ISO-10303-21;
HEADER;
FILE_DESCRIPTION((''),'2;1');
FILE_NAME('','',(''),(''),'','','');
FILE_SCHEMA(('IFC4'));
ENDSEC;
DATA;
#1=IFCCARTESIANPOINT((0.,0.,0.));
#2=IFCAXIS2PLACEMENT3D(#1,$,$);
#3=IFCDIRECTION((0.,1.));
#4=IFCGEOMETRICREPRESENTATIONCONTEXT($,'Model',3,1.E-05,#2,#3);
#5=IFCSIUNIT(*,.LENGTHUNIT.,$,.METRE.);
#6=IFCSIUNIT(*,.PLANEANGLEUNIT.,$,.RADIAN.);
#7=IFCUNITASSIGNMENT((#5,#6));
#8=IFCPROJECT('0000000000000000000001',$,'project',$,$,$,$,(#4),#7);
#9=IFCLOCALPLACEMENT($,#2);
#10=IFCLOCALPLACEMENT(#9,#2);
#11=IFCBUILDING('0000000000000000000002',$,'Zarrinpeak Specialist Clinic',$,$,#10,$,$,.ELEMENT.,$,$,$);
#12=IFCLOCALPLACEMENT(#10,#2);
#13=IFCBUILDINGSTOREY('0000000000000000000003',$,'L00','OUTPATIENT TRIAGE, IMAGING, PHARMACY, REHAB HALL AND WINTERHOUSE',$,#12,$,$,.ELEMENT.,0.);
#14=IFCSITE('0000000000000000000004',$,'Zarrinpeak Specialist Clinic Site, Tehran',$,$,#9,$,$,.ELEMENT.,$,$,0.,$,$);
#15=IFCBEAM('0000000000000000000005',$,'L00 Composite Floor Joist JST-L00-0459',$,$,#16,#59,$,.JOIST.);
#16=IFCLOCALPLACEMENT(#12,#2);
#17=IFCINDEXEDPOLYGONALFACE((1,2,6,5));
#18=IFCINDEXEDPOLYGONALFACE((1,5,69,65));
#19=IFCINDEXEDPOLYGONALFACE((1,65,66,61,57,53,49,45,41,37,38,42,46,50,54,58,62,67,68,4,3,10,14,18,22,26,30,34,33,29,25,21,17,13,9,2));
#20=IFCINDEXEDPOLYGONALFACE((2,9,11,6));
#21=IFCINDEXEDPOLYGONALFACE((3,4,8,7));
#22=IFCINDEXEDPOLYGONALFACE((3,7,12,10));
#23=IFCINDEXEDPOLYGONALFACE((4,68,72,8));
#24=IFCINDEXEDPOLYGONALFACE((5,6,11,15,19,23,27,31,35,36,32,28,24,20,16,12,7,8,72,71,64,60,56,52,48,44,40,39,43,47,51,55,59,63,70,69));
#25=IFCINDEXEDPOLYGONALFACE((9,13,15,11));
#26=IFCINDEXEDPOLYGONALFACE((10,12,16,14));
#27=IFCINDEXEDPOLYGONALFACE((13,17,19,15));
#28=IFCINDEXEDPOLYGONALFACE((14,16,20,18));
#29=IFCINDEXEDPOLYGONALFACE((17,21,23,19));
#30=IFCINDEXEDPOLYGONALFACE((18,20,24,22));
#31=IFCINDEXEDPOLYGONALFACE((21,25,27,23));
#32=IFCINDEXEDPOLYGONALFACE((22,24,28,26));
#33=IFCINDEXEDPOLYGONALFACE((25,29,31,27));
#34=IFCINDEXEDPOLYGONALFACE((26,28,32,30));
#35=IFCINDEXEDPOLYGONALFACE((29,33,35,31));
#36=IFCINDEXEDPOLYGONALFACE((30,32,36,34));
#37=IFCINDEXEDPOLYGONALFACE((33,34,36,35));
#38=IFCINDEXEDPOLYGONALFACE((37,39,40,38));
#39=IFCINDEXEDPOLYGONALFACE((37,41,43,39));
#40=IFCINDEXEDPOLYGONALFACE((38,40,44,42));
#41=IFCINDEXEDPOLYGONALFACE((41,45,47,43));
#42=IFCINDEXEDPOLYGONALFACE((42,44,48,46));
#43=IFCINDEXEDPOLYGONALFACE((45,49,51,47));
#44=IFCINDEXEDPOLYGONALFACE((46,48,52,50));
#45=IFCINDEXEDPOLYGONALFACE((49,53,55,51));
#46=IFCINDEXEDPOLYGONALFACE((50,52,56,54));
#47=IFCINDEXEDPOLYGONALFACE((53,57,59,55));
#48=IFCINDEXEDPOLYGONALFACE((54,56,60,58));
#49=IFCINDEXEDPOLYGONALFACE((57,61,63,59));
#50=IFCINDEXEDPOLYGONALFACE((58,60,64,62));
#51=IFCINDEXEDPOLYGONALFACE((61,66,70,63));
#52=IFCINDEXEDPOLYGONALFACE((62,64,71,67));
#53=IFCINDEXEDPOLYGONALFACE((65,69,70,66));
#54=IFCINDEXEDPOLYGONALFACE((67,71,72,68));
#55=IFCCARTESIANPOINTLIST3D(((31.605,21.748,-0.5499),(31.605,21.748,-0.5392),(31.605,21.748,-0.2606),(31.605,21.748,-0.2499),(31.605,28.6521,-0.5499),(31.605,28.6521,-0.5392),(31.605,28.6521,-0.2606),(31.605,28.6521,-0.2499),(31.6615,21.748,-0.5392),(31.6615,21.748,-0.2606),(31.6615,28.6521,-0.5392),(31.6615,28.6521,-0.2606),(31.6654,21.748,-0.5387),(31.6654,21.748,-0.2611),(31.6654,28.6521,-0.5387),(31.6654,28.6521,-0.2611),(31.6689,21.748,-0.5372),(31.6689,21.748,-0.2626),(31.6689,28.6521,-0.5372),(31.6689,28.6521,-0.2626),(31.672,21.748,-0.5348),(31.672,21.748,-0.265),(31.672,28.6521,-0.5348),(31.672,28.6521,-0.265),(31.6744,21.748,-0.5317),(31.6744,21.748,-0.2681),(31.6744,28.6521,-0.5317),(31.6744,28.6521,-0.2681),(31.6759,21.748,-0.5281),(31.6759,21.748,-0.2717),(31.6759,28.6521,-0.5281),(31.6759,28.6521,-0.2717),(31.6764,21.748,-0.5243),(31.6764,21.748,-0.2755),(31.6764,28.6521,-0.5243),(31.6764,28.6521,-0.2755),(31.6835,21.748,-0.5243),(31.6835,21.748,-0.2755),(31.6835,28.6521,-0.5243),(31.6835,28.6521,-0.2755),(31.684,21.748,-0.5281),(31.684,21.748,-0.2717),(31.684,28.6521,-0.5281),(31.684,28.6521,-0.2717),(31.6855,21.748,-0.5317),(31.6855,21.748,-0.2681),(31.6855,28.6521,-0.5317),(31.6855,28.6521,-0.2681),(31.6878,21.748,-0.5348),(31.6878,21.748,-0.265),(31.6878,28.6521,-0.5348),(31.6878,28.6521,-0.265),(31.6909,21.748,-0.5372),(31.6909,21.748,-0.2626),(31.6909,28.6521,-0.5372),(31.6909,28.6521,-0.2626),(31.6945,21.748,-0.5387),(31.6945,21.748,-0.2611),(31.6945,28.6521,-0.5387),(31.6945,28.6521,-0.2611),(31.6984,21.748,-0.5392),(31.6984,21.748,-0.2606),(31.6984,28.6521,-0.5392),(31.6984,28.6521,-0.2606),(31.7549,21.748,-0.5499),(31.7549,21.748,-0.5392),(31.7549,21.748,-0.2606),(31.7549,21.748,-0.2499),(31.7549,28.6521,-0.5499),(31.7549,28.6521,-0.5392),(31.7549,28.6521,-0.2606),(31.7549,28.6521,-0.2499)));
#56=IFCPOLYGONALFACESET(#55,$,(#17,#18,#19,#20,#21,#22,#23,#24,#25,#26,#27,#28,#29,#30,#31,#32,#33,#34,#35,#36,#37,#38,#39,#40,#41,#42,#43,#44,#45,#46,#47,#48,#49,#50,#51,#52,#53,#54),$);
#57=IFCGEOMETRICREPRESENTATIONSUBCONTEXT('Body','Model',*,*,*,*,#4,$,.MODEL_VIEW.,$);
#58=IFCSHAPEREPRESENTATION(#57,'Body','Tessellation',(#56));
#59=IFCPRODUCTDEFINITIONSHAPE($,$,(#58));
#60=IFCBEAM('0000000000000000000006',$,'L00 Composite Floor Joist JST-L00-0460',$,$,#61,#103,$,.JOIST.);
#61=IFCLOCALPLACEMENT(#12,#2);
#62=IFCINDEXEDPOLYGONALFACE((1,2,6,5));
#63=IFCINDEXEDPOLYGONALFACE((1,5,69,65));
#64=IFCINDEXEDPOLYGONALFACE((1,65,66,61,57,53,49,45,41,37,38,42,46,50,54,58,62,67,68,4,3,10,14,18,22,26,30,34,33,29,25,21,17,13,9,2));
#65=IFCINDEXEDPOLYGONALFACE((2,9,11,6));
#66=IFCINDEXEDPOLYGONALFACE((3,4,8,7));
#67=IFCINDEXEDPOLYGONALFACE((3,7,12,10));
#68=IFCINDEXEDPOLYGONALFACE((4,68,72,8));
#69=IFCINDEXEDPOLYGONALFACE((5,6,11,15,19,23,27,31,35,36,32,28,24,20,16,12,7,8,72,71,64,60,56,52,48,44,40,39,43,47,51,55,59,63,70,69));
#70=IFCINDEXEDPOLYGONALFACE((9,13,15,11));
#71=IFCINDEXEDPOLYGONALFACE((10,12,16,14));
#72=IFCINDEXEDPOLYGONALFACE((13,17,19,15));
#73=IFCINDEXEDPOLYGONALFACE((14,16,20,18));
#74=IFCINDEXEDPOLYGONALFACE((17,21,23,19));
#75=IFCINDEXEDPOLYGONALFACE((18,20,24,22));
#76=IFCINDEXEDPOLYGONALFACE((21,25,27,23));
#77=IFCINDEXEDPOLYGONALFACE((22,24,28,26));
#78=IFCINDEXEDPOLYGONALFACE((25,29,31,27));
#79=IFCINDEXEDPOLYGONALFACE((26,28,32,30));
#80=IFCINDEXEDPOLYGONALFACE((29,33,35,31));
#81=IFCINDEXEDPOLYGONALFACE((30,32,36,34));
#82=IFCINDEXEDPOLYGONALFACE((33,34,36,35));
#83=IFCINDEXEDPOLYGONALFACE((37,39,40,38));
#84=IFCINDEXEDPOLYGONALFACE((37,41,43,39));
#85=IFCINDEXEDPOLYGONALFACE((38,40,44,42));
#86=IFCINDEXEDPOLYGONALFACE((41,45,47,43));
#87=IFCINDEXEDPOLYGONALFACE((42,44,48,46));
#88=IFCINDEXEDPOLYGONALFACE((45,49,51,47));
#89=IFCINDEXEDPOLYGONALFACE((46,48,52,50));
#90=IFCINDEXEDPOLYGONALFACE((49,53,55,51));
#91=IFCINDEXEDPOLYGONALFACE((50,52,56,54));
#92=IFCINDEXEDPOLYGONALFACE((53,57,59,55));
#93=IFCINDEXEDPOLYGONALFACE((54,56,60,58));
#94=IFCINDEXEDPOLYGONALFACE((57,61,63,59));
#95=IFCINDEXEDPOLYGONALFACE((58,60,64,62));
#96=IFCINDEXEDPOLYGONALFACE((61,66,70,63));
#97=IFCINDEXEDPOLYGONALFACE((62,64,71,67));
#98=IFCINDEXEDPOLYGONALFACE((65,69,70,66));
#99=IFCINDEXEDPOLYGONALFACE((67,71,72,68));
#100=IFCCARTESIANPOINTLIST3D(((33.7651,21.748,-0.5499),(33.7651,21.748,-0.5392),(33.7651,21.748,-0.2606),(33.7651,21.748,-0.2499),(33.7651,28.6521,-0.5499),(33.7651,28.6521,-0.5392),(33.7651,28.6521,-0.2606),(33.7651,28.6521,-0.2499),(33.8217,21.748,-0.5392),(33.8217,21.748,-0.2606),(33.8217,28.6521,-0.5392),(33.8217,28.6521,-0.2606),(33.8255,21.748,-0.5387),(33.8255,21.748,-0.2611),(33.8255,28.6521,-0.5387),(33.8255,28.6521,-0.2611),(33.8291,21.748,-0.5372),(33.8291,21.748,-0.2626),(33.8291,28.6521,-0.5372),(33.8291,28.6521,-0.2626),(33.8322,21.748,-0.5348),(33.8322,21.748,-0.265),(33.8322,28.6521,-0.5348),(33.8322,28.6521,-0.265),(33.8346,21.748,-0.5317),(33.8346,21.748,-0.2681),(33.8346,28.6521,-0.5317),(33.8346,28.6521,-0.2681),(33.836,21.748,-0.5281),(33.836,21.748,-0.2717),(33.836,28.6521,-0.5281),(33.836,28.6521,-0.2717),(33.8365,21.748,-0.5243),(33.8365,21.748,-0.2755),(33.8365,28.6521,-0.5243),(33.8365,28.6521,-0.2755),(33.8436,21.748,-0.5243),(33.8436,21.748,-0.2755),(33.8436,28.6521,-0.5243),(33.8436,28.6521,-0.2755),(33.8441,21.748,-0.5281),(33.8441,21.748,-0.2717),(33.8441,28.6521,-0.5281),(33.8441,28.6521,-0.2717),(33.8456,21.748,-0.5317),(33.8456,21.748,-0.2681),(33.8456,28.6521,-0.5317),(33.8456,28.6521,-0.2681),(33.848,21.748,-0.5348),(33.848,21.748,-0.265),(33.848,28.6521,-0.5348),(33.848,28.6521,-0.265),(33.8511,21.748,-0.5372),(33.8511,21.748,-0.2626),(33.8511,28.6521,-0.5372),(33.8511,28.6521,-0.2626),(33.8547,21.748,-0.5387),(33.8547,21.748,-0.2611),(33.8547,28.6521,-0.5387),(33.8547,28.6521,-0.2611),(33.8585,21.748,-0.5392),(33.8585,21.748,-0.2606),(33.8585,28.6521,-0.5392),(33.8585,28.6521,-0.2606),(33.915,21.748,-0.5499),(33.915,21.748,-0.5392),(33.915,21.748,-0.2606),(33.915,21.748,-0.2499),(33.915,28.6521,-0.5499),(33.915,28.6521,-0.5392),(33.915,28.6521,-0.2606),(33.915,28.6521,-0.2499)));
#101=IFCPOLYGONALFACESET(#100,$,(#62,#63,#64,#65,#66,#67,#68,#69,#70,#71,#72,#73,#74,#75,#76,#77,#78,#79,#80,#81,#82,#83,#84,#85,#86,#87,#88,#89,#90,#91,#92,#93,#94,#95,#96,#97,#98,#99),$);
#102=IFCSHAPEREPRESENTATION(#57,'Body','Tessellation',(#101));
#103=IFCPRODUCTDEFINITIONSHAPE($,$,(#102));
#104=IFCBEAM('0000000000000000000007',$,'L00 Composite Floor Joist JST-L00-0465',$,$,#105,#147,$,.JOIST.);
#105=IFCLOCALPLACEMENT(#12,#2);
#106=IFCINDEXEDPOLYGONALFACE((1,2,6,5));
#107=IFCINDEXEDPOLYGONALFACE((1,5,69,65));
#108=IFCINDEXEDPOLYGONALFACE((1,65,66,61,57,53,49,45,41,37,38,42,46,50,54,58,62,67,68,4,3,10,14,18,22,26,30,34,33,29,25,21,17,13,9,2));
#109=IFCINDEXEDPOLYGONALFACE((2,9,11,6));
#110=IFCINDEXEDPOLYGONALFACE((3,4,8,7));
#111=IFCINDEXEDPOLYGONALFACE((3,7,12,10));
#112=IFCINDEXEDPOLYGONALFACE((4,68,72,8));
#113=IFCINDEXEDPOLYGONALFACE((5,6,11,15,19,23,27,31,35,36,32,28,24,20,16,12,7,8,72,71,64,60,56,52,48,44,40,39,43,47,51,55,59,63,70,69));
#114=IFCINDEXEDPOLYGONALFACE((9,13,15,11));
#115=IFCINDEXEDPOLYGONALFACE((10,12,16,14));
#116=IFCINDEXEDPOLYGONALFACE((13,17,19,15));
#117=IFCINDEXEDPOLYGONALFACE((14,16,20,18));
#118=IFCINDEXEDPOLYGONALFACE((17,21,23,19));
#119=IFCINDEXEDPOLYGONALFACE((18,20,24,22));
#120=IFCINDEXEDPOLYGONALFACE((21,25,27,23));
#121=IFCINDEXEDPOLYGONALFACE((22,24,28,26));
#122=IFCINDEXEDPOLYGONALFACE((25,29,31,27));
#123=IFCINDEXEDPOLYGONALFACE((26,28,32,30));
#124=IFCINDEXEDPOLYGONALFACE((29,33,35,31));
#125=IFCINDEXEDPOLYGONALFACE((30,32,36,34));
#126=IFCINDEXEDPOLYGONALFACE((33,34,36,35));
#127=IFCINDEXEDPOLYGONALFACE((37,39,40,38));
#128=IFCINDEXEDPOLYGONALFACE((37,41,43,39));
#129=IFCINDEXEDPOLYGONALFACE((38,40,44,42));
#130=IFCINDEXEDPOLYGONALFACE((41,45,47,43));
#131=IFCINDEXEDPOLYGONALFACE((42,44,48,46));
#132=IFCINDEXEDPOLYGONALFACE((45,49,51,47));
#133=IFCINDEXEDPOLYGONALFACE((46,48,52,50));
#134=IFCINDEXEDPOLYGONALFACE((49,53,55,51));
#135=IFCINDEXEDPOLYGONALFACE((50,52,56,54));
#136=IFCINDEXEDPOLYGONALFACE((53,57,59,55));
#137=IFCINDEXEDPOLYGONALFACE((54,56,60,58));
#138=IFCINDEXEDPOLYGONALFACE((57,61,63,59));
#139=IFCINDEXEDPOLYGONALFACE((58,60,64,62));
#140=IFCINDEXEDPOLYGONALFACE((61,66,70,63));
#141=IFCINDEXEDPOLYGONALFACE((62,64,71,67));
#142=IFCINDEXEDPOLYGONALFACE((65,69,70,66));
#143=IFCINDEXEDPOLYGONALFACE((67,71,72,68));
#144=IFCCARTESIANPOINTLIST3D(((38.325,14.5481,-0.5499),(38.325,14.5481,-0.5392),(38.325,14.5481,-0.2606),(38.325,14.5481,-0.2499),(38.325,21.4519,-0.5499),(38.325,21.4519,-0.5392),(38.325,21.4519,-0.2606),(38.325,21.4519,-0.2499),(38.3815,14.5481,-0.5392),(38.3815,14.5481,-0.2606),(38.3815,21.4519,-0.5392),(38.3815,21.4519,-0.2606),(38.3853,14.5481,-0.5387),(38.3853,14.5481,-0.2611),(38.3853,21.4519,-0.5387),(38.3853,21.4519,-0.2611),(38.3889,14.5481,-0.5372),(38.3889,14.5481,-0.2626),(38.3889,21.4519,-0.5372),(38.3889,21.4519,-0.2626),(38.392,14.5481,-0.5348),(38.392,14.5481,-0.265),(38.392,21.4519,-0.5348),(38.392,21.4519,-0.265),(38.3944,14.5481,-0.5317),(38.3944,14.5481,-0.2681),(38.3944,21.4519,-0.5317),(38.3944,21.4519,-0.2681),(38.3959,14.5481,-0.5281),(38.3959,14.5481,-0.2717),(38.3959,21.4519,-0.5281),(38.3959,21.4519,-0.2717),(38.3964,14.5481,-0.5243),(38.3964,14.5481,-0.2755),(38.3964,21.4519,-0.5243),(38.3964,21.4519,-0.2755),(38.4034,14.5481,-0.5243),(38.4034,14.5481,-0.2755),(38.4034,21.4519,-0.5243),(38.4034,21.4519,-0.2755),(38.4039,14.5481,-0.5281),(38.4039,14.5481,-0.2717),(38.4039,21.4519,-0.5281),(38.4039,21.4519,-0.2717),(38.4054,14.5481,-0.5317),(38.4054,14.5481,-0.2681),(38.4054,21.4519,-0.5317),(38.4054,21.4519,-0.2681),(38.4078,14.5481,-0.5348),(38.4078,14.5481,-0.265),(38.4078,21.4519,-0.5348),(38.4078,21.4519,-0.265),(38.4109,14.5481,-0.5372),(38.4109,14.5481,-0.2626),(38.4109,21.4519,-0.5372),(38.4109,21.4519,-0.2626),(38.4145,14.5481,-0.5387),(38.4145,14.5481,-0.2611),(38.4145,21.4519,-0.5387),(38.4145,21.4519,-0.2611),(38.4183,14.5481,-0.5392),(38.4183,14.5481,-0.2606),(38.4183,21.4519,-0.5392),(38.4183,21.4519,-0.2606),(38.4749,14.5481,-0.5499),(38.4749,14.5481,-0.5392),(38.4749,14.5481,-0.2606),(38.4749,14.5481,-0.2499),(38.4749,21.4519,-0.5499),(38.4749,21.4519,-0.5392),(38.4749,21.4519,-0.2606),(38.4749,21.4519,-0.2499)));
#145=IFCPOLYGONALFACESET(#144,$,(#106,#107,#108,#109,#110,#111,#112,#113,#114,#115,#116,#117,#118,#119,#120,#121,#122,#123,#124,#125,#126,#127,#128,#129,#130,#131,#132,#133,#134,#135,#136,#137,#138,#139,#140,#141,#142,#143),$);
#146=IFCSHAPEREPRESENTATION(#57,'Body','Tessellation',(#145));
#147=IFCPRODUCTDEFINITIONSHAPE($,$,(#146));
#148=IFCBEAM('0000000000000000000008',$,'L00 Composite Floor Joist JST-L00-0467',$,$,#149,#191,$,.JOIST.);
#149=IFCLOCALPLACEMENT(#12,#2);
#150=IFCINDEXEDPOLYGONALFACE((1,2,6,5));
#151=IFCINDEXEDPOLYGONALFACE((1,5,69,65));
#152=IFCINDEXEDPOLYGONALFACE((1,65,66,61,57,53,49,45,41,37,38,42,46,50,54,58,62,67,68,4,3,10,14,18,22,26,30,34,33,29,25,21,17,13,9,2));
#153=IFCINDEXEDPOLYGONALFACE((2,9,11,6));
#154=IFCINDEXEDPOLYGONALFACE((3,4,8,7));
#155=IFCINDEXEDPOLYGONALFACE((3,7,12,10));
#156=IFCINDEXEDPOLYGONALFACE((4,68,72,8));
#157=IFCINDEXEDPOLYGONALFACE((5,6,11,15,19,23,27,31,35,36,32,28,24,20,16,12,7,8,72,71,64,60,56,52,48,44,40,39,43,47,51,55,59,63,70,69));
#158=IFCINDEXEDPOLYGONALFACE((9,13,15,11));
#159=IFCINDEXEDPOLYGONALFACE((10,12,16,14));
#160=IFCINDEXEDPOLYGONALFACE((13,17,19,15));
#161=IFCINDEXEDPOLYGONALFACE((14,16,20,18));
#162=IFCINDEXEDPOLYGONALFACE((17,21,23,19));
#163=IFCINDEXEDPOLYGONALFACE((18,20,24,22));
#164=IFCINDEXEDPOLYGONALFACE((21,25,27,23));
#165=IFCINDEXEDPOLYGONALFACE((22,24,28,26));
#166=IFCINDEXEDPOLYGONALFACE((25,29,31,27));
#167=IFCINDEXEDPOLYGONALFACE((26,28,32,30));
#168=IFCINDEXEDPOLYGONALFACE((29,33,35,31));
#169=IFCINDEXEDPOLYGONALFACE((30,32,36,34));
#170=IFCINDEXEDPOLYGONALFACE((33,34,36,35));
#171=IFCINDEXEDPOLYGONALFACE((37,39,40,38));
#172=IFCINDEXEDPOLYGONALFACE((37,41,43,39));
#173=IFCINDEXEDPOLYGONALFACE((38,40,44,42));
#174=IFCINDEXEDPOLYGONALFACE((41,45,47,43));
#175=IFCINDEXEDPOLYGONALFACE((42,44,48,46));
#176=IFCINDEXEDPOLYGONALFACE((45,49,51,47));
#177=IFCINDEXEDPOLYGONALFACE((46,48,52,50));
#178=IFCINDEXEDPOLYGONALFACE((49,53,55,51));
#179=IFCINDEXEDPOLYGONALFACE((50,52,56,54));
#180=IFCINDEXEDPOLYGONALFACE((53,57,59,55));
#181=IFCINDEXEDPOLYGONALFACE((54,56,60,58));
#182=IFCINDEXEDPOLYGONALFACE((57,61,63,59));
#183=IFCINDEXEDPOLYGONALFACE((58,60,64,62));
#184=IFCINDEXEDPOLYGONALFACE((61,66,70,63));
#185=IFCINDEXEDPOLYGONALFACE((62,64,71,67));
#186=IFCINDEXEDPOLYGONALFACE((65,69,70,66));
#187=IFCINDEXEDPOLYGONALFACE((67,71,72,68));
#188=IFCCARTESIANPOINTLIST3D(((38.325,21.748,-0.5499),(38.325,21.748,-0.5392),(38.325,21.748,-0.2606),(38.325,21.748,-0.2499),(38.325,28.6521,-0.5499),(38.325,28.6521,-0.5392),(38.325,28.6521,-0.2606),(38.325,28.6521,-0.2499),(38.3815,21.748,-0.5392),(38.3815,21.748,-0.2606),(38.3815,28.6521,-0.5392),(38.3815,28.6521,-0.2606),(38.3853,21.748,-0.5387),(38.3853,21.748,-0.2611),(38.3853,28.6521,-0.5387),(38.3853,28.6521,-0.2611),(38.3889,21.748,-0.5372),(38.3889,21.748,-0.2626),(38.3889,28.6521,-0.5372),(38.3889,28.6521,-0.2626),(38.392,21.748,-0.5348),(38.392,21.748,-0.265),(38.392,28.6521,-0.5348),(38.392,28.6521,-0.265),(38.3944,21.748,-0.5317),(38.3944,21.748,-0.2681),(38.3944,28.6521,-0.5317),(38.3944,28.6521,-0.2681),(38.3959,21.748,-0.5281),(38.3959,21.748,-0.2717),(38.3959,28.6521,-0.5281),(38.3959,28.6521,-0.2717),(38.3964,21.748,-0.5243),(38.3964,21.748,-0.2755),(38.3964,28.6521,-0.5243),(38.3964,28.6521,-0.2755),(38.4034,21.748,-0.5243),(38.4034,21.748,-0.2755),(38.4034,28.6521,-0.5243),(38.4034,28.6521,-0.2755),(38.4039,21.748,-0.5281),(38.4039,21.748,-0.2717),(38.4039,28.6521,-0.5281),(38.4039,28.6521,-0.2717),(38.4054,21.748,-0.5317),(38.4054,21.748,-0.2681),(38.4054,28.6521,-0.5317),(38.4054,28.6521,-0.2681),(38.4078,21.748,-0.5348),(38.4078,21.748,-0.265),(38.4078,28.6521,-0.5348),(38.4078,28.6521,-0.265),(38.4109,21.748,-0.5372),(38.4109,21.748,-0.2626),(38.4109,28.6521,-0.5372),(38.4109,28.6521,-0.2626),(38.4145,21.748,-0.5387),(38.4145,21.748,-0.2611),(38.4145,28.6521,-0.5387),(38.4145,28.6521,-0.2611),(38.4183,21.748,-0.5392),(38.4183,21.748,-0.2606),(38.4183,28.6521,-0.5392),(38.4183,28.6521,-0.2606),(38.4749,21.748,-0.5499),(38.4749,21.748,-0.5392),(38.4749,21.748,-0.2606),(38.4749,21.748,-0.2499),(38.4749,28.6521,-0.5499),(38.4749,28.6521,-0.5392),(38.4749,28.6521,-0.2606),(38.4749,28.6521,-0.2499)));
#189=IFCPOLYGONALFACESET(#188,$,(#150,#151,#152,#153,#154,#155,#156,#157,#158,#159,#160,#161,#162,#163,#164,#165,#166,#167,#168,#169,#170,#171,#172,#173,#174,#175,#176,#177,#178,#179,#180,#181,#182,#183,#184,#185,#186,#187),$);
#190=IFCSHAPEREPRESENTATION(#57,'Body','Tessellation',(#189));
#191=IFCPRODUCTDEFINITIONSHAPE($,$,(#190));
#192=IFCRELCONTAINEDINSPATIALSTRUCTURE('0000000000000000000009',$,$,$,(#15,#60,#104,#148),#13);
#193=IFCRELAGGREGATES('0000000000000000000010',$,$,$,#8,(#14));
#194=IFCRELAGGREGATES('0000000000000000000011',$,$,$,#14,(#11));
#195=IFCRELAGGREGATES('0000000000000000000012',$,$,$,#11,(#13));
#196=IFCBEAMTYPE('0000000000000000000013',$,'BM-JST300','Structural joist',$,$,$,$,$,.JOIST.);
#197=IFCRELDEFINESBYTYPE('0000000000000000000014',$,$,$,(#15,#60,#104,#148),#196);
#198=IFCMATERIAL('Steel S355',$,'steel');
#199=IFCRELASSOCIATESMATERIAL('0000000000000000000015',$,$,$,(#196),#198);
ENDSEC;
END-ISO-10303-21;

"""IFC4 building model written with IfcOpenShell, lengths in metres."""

from ifc_helpers import new_model, si_unit, direction, frame, origin, origin_2d, place, context, subcontext, project, spatial, i_section, extrude, material, material_profile, profile_set, type_object, element, save


model = new_model("IFC4")

# Units and contexts
model_context = context("Model", 3, precision=1e-05, world=origin(), true_north=direction((0.0, 1.0)))
body_context = subcontext(model_context, "Body", "Model", "MODEL_VIEW")
ifc_project = project(units=[si_unit("LENGTHUNIT", "METRE"), si_unit("PLANEANGLEUNIT", "RADIAN")], contexts=[model_context])

# Site, building, storey
site_placement = place(None, origin())
site = spatial("IfcSite", under=ifc_project, at=site_placement, Name="Zarrinpeak Specialist Clinic Site, Tehran", CompositionType="ELEMENT", RefElevation=0.0)
building_placement = place(site_placement, origin())
building = spatial("IfcBuilding", under=site, at=building_placement, Name="Zarrinpeak Specialist Clinic", CompositionType="ELEMENT")
storey_placement = place(building_placement, origin())
storey = spatial("IfcBuildingStorey", under=building, at=storey_placement, Name="L00", Description="OUTPATIENT TRIAGE, IMAGING, PHARMACY, REHAB HALL AND WINTERHOUSE", CompositionType="ELEMENT", Elevation=0.0)

# Shared definitions
ifc_material_1 = material(Name="Steel S355", Category="steel")

# Beams
ifc_material_profile_1 = material_profile(ifc_material_1, i_section(OverallWidth=0.1499, OverallDepth=0.3, WebThickness=0.0071, FlangeThickness=0.0107, FilletRadius=0.0149, at=origin_2d()), Name="IPE 300")
ifc_profile_set_1 = profile_set([ifc_material_profile_1], Name="Steel S355")
beam_type_1 = type_object("IfcBeamType", Name="BM-JST300", Description="Structural joist", PredefinedType="JOIST", material=ifc_profile_set_1)
for number, where, z_axis, x_axis, name in (
    (1, (31.6799, 21.748, -0.3999), (0.0, 1.0, 0.0), (-1.0, 0.0, 0.0), "L00 Composite Floor Joist JST-L00-0459"),
    (2, (33.8401, 21.748, -0.3999), (0.0, 1.0, 0.0), (-1.0, 0.0, 0.0), "L00 Composite Floor Joist JST-L00-0460"),
):
    element("IfcBeam", number, at=place(storey_placement, frame(where, z_axis=z_axis, x_axis=x_axis)), inside=storey, type_object=beam_type_1, Name=name, PredefinedType="JOIST", context=body_context, shape_type="SweptSolid", body=[
        extrude(i_section(OverallWidth=0.1499, OverallDepth=0.3, WebThickness=0.0071, FlangeThickness=0.0107, FilletRadius=0.0149, at=origin_2d()), origin(), (0.0, 0.0, 1.0), 6.9041),
    ])
beam_1_placement = place(storey_placement, frame((38.3999, 14.5481, -0.3999), z_axis=(0.0, 1.0, 0.0), x_axis=(-1.0, 0.0, 0.0)))
element("IfcBeam", 3, at=beam_1_placement, inside=storey, type_object=beam_type_1, Name="L00 Composite Floor Joist JST-L00-0465", PredefinedType="JOIST", context=body_context, shape_type="SweptSolid", body=[
    extrude(i_section(OverallWidth=0.1499, OverallDepth=0.3, WebThickness=0.0071, FlangeThickness=0.0107, FilletRadius=0.0149, at=origin_2d()), origin(), (0.0, 0.0, 1.0), 6.9038),
])
beam_2_placement = place(storey_placement, frame((38.3999, 21.748, -0.3999), z_axis=(0.0, 1.0, 0.0), x_axis=(-1.0, 0.0, 0.0)))
element("IfcBeam", 4, at=beam_2_placement, inside=storey, type_object=beam_type_1, Name="L00 Composite Floor Joist JST-L00-0467", PredefinedType="JOIST", context=body_context, shape_type="SweptSolid", body=[
    extrude(i_section(OverallWidth=0.1499, OverallDepth=0.3, WebThickness=0.0071, FlangeThickness=0.0107, FilletRadius=0.0149, at=origin_2d()), origin(), (0.0, 0.0, 1.0), 6.9041),
])

save(model, "model.ifc")
